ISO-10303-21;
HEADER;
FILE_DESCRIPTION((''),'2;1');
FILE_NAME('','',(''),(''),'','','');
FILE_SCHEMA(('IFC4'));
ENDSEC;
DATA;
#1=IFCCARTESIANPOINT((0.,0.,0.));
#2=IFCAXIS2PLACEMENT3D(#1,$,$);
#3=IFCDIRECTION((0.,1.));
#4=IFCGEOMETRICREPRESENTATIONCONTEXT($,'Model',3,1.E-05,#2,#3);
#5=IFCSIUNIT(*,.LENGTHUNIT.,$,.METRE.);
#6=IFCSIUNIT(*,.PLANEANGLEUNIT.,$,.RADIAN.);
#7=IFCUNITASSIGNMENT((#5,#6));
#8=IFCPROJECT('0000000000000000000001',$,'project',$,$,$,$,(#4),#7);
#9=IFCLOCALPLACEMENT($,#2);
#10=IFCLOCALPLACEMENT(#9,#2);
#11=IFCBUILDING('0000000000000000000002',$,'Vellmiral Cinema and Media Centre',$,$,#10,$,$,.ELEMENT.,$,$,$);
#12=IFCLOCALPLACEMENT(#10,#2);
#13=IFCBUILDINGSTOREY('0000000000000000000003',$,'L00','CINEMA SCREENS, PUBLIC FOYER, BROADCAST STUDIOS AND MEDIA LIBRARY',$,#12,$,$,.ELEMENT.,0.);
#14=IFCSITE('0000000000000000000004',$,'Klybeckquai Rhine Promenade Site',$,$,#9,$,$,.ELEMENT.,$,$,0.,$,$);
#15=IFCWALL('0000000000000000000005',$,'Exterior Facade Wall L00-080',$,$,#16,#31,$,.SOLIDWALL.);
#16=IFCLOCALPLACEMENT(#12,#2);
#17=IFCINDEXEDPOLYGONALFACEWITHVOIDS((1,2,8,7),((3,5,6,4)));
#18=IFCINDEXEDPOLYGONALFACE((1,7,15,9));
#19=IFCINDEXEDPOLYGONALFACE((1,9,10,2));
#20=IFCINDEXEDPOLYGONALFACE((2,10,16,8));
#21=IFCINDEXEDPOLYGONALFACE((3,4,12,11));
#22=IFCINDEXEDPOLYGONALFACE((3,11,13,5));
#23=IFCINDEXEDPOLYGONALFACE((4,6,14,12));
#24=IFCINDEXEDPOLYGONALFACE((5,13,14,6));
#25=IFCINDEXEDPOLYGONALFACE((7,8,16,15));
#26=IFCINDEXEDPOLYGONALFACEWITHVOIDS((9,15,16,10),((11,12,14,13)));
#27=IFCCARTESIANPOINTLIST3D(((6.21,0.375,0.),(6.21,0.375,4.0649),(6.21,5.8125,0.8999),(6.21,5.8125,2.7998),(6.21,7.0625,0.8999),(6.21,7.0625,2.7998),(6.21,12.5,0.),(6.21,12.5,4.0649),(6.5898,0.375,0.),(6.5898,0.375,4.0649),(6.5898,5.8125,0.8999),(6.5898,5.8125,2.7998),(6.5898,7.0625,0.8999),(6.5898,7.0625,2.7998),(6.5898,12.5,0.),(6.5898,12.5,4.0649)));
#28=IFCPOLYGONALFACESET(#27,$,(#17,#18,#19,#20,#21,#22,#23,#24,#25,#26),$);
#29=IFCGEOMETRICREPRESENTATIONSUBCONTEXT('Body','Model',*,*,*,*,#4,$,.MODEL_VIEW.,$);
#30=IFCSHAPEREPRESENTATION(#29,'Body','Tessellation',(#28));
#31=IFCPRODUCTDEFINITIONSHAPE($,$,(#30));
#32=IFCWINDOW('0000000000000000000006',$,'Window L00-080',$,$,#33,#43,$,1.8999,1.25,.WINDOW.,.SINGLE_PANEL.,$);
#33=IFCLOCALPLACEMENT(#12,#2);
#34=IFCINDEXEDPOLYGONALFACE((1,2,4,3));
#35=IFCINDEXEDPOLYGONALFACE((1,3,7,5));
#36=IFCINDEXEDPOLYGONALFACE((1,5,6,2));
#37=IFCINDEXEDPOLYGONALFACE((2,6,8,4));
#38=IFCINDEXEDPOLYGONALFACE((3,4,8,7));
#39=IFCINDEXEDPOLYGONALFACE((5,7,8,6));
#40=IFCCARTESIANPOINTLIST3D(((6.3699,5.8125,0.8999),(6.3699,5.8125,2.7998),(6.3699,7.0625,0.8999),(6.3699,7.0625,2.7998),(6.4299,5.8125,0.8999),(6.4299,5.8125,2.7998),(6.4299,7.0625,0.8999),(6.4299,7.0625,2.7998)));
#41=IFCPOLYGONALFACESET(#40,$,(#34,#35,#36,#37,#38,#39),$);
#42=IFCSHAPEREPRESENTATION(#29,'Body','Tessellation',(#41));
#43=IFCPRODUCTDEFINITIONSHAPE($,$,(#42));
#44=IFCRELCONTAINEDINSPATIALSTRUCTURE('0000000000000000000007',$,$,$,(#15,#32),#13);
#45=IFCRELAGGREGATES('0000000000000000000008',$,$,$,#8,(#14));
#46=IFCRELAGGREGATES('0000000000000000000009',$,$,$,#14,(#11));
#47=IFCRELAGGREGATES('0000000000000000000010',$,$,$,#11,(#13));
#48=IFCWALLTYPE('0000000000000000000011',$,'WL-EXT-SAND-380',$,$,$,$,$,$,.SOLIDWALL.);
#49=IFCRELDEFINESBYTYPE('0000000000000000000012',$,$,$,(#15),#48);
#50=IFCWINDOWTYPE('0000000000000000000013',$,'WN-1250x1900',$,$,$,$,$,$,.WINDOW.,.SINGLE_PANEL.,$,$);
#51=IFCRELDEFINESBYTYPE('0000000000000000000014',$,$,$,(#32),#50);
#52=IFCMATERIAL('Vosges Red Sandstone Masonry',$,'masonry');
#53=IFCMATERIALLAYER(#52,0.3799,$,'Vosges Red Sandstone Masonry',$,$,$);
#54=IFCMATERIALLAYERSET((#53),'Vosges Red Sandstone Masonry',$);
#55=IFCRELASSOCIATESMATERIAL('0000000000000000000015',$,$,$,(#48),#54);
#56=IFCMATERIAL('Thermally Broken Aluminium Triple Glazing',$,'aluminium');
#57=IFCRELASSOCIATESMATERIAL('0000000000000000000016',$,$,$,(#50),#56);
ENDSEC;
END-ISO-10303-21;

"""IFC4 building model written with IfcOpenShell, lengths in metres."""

from ifc_helpers import new_model, si_unit, direction, frame, frame_2d, origin, place, context, subcontext, project, spatial, rectangle, extrude, material, layer, layer_set, type_object, element, fill, save


model = new_model("IFC4")

# Units and contexts
model_context = context("Model", 3, precision=1e-05, world=origin(), true_north=direction((0.0, 1.0)))
body_context = subcontext(model_context, "Body", "Model", "MODEL_VIEW")
ifc_project = project(units=[si_unit("LENGTHUNIT", "METRE"), si_unit("PLANEANGLEUNIT", "RADIAN")], contexts=[model_context])

# Site, building, storey
site_placement = place(None, origin())
site = spatial("IfcSite", under=ifc_project, at=site_placement, Name="Klybeckquai Rhine Promenade Site", CompositionType="ELEMENT", RefElevation=0.0)
building_placement = place(site_placement, origin())
building = spatial("IfcBuilding", under=site, at=building_placement, Name="Vellmiral Cinema and Media Centre", CompositionType="ELEMENT")
storey_placement = place(building_placement, origin())
storey = spatial("IfcBuildingStorey", under=building, at=storey_placement, Name="L00", Description="CINEMA SCREENS, PUBLIC FOYER, BROADCAST STUDIOS AND MEDIA LIBRARY", CompositionType="ELEMENT", Elevation=0.0)

# Wall, opening, window
ifc_material_1 = material(Name="Vosges Red Sandstone Masonry", Category="masonry")
ifc_layer_1 = layer(ifc_material_1, 0.3799, Name="Vosges Red Sandstone Masonry")
ifc_layer_set_1 = layer_set([ifc_layer_1], Name="Vosges Red Sandstone Masonry")
wall_type = type_object("IfcWallType", Name="WL-EXT-SAND-380", PredefinedType="SOLIDWALL", material=ifc_layer_set_1)
wall_1_placement = place(storey_placement, frame((6.3999, 12.5, 0.0), z_axis=(0.0, 0.0, 1.0), x_axis=(0.0, -1.0, 0.0)))
wall_1 = element("IfcWall", 1, at=wall_1_placement, inside=storey, type_object=wall_type, Name="Exterior Facade Wall L00-080", PredefinedType="SOLIDWALL", context=body_context, shape_type="SweptSolid", body=[
    extrude(rectangle(XDim=12.125, YDim=0.3799, at=frame_2d((6.0625, 0.0))), origin(), (0.0, 0.0, 1.0), 4.0649),
])
opening_1_placement = place(wall_1_placement, frame((5.4375, 0.0, 0.8999)))
opening_1 = element("IfcOpeningElement", 2, at=opening_1_placement, cuts=wall_1, PredefinedType="OPENING", context=body_context, shape_type="SweptSolid", body=[
    extrude(rectangle(XDim=1.25, YDim=1.8999, at=frame_2d((0.625, 0.95))), frame((0.0, 0.2019, 0.0), z_axis=(0.0, -1.0, 0.0), x_axis=(1.0, 0.0, 0.0)), (0.0, 0.0, 1.0), 0.4038),
])
ifc_material_2 = material(Name="Thermally Broken Aluminium Triple Glazing", Category="aluminium")
window_type_1 = type_object("IfcWindowType", Name="WN-1250x1900", PartitioningType="SINGLE_PANEL", PredefinedType="WINDOW", material=ifc_material_2)
window_1_placement = place(opening_1_placement, origin())
window_1 = element("IfcWindow", 3, at=window_1_placement, inside=storey, type_object=window_type_1, Name="Window L00-080", OverallHeight=1.8999, OverallWidth=1.25, PartitioningType="SINGLE_PANEL", PredefinedType="WINDOW", context=body_context, shape_type="SweptSolid", body=[
    extrude(rectangle(XDim=1.25, YDim=1.8999, at=frame_2d((0.625, 0.95))), frame((0.0, 0.03, 0.0), z_axis=(0.0, -1.0, 0.0), x_axis=(1.0, 0.0, 0.0)), (0.0, 0.0, 1.0), 0.0601),
])
fill(opening_1, window_1)

save(model, "model.ifc")
